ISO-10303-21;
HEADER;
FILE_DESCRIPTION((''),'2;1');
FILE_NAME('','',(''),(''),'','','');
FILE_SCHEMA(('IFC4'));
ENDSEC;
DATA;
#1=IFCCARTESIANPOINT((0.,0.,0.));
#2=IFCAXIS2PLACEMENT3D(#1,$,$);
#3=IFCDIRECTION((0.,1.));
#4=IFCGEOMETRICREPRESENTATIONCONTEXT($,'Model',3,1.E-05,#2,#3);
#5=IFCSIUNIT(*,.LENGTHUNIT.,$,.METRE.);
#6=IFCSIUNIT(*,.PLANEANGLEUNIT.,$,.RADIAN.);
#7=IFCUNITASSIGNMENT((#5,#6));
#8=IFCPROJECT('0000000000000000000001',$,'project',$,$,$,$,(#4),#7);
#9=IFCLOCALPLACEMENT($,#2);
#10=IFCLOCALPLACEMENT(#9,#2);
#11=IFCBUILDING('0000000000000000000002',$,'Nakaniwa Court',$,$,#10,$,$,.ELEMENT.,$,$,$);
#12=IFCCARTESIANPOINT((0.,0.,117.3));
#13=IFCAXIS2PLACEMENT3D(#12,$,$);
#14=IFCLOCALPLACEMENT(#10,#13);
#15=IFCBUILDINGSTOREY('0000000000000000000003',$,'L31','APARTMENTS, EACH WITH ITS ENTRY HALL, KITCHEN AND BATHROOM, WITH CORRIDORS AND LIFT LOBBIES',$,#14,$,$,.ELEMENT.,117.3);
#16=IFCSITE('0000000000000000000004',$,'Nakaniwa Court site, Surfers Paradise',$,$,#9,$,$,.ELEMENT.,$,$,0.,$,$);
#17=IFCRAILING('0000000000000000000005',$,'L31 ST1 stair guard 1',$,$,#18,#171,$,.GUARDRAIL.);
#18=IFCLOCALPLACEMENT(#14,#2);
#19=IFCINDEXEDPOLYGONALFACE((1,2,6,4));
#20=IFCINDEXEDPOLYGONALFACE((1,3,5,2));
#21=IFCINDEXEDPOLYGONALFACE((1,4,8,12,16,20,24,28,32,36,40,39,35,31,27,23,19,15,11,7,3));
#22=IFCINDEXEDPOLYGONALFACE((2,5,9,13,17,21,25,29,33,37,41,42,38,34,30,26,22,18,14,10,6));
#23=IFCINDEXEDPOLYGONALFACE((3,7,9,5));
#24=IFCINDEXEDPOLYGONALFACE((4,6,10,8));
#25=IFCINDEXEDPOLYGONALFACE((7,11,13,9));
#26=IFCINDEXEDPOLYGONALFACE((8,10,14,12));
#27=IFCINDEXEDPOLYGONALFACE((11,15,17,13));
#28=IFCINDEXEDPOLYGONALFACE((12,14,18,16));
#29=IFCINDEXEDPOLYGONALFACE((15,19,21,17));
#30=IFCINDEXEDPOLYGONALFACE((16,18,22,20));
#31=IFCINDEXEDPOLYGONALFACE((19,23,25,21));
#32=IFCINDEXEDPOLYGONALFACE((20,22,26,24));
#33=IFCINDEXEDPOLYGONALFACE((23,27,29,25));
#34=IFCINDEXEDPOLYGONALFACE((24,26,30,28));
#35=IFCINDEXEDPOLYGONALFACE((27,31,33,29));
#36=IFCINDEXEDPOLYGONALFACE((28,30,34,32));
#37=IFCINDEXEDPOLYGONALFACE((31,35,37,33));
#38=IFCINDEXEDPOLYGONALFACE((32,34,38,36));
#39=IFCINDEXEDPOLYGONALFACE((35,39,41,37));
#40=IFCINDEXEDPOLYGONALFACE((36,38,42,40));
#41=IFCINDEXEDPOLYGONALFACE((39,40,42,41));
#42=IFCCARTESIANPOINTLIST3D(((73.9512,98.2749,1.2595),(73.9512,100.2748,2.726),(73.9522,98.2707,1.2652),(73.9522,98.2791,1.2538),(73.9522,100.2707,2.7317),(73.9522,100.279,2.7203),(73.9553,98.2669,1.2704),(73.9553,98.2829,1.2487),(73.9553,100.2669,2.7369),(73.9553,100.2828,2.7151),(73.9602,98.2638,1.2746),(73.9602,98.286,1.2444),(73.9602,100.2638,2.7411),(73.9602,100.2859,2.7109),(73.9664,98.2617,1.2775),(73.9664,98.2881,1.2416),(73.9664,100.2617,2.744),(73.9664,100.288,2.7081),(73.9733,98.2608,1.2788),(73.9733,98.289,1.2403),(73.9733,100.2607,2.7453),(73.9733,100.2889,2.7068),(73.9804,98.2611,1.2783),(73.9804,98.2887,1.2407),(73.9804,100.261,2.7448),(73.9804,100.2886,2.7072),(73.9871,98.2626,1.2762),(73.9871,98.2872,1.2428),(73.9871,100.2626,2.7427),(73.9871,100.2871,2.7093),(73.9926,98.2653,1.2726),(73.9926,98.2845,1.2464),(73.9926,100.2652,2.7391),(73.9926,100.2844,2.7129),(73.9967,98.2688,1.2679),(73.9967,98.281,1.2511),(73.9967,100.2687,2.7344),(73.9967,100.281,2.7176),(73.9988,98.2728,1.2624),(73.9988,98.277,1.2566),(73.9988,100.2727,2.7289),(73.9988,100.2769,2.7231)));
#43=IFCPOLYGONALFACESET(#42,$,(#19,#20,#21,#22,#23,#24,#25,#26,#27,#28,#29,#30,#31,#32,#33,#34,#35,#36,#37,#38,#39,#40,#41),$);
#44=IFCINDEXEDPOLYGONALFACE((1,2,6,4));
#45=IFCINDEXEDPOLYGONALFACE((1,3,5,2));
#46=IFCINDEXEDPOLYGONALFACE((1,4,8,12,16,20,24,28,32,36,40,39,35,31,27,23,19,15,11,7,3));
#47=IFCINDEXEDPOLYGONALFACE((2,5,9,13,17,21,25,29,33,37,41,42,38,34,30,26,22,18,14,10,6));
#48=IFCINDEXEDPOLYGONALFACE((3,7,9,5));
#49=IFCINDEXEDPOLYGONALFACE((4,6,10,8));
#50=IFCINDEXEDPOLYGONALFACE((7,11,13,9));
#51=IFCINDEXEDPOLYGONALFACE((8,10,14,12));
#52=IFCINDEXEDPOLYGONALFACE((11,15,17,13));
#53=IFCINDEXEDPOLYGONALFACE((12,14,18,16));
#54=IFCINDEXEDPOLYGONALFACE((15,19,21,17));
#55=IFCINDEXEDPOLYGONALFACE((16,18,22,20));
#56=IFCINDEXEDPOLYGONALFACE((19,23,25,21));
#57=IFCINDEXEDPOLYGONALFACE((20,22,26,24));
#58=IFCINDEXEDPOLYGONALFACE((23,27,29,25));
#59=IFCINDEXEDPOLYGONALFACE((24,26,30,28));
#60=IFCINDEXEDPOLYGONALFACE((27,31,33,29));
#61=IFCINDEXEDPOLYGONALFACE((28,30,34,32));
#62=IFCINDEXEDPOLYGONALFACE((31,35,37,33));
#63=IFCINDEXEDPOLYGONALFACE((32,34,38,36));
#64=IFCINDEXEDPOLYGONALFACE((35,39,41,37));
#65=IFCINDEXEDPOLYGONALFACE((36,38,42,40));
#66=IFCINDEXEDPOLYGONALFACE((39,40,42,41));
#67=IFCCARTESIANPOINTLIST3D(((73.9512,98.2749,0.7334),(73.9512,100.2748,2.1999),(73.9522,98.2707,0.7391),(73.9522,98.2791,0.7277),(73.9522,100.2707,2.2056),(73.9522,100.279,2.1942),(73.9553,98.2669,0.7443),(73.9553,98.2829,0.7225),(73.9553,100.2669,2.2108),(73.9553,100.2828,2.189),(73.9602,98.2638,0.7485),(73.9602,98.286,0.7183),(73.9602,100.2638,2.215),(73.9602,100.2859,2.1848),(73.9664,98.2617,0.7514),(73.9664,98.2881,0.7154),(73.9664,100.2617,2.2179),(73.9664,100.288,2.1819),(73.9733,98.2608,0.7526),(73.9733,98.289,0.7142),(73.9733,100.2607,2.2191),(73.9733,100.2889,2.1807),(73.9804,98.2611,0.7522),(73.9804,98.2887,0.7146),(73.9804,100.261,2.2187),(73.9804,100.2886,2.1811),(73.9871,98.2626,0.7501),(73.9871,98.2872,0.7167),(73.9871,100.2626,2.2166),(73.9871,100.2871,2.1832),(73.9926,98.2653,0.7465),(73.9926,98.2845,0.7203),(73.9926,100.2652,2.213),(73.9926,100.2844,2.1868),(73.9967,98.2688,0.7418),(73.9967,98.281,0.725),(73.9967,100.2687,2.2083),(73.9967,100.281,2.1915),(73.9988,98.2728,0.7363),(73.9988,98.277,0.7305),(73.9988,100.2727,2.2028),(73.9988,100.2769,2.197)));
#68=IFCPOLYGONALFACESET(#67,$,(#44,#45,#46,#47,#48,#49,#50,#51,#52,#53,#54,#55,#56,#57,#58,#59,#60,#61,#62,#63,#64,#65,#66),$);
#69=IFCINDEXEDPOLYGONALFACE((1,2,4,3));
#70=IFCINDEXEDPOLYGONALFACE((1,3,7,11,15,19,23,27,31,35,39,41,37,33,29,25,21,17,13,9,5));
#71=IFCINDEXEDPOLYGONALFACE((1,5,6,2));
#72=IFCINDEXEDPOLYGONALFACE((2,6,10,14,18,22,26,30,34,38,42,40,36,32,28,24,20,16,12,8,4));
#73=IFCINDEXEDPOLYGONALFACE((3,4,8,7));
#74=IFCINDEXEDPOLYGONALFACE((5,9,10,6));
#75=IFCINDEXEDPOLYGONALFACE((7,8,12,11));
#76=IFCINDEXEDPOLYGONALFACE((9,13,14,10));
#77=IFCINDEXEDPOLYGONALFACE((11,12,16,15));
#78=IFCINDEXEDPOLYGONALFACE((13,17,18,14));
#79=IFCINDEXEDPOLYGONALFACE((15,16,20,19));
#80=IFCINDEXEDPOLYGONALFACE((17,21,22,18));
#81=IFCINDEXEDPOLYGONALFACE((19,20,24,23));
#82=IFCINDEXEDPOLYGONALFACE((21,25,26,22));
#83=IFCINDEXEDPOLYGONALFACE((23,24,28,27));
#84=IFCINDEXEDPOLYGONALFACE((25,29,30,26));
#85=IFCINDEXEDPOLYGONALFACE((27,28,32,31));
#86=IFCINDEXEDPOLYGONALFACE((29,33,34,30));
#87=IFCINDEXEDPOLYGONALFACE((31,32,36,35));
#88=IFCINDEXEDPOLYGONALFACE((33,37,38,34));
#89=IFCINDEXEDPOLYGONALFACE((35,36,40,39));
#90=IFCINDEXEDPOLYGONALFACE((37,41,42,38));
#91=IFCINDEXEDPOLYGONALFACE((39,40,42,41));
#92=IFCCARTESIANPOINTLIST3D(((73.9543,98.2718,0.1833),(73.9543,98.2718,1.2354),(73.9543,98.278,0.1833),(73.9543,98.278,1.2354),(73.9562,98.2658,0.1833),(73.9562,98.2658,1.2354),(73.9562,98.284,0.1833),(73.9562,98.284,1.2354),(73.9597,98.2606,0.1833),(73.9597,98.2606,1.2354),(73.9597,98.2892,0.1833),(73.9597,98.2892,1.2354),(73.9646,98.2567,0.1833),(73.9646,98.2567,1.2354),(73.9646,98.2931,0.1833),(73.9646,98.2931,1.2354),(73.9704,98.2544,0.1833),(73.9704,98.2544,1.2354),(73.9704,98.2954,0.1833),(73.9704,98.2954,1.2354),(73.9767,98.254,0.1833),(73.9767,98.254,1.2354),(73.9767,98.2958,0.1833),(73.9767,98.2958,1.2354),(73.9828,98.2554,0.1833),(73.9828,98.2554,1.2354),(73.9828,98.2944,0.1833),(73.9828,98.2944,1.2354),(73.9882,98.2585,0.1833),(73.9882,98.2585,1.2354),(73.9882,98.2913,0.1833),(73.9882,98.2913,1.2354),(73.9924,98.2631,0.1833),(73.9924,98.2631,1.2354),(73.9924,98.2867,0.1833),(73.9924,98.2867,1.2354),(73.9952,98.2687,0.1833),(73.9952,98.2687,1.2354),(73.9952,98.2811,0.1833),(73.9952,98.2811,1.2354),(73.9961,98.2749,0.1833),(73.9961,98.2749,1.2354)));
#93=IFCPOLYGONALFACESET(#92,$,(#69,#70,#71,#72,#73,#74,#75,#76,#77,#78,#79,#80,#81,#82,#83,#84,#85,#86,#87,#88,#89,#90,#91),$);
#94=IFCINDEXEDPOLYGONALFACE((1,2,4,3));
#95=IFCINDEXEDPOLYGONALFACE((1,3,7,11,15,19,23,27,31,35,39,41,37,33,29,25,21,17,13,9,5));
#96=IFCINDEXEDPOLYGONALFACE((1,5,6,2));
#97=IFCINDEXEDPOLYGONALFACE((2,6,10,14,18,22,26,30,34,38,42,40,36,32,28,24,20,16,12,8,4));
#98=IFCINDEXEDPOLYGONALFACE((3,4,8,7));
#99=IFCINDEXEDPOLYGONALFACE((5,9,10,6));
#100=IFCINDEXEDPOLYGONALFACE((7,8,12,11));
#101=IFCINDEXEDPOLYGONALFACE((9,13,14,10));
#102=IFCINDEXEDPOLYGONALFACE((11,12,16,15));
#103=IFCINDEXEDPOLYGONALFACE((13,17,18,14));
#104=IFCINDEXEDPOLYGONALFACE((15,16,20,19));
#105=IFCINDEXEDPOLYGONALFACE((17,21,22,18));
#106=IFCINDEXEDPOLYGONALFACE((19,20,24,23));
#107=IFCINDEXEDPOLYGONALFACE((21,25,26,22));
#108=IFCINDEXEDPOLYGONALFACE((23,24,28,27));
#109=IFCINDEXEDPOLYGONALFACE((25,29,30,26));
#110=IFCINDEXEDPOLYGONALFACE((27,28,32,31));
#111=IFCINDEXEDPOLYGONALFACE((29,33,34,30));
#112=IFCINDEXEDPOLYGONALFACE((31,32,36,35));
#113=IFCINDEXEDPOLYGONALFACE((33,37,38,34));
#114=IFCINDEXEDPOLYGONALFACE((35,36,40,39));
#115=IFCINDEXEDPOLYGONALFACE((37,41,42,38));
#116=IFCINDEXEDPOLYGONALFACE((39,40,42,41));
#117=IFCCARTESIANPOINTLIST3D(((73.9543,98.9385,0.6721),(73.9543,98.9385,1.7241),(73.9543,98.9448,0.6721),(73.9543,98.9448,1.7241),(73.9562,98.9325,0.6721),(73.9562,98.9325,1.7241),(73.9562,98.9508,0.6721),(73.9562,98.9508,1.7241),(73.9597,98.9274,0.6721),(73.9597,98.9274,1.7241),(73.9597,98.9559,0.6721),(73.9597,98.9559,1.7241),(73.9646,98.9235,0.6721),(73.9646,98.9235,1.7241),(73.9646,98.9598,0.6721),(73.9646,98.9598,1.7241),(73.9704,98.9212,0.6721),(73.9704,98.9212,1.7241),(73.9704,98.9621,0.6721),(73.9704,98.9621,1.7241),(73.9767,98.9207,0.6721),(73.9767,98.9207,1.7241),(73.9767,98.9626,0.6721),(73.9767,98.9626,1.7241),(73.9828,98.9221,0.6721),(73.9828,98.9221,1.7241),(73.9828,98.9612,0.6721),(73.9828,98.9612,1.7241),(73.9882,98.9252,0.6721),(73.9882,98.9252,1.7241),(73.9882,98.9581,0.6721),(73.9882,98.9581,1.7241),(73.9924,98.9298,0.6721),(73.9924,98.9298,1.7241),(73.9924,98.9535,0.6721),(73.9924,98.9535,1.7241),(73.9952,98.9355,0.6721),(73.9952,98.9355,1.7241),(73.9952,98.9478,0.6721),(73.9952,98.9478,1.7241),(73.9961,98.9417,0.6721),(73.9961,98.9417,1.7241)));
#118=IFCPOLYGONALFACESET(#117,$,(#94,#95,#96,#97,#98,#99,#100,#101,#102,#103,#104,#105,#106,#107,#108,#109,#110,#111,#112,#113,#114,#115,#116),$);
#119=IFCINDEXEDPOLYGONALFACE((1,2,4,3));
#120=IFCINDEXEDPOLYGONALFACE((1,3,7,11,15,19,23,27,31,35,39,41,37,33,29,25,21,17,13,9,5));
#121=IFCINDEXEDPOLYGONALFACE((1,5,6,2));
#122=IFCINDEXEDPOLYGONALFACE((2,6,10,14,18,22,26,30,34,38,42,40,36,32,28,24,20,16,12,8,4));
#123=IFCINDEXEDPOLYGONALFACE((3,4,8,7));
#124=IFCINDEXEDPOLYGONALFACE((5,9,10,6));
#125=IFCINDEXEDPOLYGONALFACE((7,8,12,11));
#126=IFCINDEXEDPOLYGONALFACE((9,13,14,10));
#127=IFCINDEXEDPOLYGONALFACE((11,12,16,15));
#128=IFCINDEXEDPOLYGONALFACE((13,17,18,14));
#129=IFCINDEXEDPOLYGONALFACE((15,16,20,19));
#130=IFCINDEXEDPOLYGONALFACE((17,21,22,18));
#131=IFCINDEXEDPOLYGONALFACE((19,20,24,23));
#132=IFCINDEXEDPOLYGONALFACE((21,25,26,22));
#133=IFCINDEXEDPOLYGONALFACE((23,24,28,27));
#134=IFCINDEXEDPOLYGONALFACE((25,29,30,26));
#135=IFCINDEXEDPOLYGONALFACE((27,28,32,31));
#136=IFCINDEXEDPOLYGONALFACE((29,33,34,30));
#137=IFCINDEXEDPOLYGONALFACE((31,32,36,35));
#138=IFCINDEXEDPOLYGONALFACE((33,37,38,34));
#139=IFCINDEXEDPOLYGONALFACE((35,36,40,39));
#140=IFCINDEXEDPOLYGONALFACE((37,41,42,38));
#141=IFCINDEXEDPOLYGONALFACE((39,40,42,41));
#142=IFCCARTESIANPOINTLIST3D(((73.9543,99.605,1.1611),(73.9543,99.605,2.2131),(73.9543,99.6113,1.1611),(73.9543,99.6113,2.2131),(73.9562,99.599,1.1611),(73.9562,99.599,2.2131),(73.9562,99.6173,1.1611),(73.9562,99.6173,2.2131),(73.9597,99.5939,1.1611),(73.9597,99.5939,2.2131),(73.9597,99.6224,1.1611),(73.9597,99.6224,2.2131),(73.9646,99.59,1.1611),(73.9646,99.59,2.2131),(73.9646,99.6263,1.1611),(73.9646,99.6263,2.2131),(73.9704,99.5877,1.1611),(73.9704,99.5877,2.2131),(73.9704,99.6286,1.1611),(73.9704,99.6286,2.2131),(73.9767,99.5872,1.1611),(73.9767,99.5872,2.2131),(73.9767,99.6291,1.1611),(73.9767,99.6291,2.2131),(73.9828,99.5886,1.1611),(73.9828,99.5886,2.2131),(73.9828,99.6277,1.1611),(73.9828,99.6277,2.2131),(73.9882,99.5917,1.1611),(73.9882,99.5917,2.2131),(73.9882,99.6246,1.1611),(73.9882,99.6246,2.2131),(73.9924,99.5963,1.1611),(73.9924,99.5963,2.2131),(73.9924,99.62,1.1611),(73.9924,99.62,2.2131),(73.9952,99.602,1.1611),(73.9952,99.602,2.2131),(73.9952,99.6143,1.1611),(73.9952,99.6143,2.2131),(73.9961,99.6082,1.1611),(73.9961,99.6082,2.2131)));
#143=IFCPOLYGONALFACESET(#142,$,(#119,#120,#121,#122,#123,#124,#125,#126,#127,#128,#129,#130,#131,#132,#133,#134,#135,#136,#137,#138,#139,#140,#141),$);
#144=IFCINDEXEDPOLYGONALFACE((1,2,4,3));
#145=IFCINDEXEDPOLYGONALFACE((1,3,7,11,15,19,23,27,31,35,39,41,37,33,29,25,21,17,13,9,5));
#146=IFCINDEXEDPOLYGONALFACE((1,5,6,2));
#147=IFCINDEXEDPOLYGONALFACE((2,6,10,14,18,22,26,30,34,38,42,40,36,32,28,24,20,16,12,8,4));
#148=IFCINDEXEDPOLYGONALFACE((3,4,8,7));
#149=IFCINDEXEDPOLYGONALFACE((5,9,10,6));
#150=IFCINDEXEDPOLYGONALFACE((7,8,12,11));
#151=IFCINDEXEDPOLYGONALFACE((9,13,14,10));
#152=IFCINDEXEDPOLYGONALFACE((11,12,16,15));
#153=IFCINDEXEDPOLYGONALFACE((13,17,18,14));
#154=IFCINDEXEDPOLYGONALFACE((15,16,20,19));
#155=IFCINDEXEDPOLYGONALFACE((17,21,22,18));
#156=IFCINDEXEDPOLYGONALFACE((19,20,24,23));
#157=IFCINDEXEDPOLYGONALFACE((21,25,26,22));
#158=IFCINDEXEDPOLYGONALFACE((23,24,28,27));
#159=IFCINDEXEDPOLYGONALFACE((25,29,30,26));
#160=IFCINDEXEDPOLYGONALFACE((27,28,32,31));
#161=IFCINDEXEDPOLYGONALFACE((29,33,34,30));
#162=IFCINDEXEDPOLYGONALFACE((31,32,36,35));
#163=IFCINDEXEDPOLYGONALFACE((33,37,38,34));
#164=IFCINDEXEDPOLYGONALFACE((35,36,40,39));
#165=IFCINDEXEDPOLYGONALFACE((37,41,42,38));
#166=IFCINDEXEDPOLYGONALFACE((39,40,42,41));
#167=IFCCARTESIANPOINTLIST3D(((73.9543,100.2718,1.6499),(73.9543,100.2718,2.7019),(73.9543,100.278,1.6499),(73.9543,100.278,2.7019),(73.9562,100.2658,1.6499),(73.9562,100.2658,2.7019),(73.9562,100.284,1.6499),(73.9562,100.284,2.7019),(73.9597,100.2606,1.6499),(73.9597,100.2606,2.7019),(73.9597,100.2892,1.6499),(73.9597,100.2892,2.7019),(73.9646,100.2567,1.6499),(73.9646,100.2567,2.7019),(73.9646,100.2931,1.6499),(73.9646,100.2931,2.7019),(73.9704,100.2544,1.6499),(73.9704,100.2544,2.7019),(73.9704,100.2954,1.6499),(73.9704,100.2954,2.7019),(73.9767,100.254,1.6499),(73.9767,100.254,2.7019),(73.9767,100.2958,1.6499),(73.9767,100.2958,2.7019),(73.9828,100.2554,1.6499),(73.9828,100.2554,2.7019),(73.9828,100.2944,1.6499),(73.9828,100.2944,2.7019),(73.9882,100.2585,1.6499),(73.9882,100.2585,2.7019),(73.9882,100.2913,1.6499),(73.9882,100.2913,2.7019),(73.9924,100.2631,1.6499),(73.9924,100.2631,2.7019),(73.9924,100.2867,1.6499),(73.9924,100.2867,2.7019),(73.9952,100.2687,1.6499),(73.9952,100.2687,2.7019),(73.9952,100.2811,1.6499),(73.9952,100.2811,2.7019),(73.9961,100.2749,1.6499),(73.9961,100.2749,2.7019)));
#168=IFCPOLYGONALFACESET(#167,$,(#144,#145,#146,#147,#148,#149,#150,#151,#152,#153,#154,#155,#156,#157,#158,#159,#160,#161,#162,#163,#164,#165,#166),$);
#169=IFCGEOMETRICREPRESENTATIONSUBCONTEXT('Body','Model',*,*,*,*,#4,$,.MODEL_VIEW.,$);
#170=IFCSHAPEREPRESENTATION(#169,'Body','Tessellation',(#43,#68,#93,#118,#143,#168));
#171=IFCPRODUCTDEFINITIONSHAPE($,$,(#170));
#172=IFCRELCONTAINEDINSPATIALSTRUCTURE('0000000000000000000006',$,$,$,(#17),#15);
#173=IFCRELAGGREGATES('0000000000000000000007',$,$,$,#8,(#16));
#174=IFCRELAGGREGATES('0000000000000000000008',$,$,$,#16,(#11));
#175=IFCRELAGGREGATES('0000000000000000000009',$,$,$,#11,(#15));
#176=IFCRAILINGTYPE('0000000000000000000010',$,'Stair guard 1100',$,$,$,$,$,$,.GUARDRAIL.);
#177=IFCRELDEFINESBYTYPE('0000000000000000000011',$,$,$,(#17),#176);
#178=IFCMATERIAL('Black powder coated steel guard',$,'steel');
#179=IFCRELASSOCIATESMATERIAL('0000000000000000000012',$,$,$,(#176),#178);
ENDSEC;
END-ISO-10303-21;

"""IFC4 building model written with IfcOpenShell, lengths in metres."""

from ifc_helpers import new_model, si_unit, direction, frame, origin, origin_2d, place, context, subcontext, project, spatial, circle, extrude, material, type_object, element, save


model = new_model("IFC4")

# Units and contexts
model_context = context("Model", 3, precision=1e-05, world=origin(), true_north=direction((0.0, 1.0)))
body_context = subcontext(model_context, "Body", "Model", "MODEL_VIEW")
ifc_project = project(units=[si_unit("LENGTHUNIT", "METRE"), si_unit("PLANEANGLEUNIT", "RADIAN")], contexts=[model_context])

# Site, building, storey
site_placement = place(None, origin())
site = spatial("IfcSite", under=ifc_project, at=site_placement, Name="Nakaniwa Court site, Surfers Paradise", CompositionType="ELEMENT", RefElevation=0.0)
building_placement = place(site_placement, origin())
building = spatial("IfcBuilding", under=site, at=building_placement, Name="Nakaniwa Court", CompositionType="ELEMENT")
storey_placement = place(building_placement, frame((0.0, 0.0, 117.3)))
storey = spatial("IfcBuildingStorey", under=building, at=storey_placement, Name="L31", Description="APARTMENTS, EACH WITH ITS ENTRY HALL, KITCHEN AND BATHROOM, WITH CORRIDORS AND LIFT LOBBIES", CompositionType="ELEMENT", Elevation=117.3)

# Railing
ifc_material_1 = material(Name="Black powder coated steel guard", Category="steel")
railing_type_1 = type_object("IfcRailingType", Name="Stair guard 1100", PredefinedType="GUARDRAIL", material=ifc_material_1)
railing_1_placement = place(storey_placement, frame((73.9751, 98.2749, 0.1833)))
element("IfcRailing", 1, at=railing_1_placement, inside=storey, type_object=railing_type_1, Name="L31 ST1 stair guard 1", PredefinedType="GUARDRAIL", context=body_context, shape_type="SweptSolid", body=[
    extrude(circle(Radius=0.0239, at=origin_2d()), frame((0.0, 0.0, 1.0762), z_axis=(0.0, 0.806427, 0.591334), x_axis=(-1.0, 0.0, 0.0)), (0.0, 0.0, 1.0), 2.48),
    extrude(circle(Radius=0.0239, at=origin_2d()), frame((0.0, 0.0, 0.55), z_axis=(0.0, 0.806427, 0.591334), x_axis=(-1.0, 0.0, 0.0)), (0.0, 0.0, 1.0), 2.48),
    extrude(circle(Radius=0.021, at=origin_2d()), origin(), (0.0, 0.0, 1.0), 1.052),
    extrude(circle(Radius=0.021, at=origin_2d()), frame((0.0, 0.6667, 0.4888)), (0.0, 0.0, 1.0), 1.052),
    extrude(circle(Radius=0.021, at=origin_2d()), frame((0.0, 1.3333, 0.9778)), (0.0, 0.0, 1.0), 1.052),
    extrude(circle(Radius=0.021, at=origin_2d()), frame((0.0, 2.0, 1.4666)), (0.0, 0.0, 1.0), 1.052),
])

save(model, "model.ifc")
